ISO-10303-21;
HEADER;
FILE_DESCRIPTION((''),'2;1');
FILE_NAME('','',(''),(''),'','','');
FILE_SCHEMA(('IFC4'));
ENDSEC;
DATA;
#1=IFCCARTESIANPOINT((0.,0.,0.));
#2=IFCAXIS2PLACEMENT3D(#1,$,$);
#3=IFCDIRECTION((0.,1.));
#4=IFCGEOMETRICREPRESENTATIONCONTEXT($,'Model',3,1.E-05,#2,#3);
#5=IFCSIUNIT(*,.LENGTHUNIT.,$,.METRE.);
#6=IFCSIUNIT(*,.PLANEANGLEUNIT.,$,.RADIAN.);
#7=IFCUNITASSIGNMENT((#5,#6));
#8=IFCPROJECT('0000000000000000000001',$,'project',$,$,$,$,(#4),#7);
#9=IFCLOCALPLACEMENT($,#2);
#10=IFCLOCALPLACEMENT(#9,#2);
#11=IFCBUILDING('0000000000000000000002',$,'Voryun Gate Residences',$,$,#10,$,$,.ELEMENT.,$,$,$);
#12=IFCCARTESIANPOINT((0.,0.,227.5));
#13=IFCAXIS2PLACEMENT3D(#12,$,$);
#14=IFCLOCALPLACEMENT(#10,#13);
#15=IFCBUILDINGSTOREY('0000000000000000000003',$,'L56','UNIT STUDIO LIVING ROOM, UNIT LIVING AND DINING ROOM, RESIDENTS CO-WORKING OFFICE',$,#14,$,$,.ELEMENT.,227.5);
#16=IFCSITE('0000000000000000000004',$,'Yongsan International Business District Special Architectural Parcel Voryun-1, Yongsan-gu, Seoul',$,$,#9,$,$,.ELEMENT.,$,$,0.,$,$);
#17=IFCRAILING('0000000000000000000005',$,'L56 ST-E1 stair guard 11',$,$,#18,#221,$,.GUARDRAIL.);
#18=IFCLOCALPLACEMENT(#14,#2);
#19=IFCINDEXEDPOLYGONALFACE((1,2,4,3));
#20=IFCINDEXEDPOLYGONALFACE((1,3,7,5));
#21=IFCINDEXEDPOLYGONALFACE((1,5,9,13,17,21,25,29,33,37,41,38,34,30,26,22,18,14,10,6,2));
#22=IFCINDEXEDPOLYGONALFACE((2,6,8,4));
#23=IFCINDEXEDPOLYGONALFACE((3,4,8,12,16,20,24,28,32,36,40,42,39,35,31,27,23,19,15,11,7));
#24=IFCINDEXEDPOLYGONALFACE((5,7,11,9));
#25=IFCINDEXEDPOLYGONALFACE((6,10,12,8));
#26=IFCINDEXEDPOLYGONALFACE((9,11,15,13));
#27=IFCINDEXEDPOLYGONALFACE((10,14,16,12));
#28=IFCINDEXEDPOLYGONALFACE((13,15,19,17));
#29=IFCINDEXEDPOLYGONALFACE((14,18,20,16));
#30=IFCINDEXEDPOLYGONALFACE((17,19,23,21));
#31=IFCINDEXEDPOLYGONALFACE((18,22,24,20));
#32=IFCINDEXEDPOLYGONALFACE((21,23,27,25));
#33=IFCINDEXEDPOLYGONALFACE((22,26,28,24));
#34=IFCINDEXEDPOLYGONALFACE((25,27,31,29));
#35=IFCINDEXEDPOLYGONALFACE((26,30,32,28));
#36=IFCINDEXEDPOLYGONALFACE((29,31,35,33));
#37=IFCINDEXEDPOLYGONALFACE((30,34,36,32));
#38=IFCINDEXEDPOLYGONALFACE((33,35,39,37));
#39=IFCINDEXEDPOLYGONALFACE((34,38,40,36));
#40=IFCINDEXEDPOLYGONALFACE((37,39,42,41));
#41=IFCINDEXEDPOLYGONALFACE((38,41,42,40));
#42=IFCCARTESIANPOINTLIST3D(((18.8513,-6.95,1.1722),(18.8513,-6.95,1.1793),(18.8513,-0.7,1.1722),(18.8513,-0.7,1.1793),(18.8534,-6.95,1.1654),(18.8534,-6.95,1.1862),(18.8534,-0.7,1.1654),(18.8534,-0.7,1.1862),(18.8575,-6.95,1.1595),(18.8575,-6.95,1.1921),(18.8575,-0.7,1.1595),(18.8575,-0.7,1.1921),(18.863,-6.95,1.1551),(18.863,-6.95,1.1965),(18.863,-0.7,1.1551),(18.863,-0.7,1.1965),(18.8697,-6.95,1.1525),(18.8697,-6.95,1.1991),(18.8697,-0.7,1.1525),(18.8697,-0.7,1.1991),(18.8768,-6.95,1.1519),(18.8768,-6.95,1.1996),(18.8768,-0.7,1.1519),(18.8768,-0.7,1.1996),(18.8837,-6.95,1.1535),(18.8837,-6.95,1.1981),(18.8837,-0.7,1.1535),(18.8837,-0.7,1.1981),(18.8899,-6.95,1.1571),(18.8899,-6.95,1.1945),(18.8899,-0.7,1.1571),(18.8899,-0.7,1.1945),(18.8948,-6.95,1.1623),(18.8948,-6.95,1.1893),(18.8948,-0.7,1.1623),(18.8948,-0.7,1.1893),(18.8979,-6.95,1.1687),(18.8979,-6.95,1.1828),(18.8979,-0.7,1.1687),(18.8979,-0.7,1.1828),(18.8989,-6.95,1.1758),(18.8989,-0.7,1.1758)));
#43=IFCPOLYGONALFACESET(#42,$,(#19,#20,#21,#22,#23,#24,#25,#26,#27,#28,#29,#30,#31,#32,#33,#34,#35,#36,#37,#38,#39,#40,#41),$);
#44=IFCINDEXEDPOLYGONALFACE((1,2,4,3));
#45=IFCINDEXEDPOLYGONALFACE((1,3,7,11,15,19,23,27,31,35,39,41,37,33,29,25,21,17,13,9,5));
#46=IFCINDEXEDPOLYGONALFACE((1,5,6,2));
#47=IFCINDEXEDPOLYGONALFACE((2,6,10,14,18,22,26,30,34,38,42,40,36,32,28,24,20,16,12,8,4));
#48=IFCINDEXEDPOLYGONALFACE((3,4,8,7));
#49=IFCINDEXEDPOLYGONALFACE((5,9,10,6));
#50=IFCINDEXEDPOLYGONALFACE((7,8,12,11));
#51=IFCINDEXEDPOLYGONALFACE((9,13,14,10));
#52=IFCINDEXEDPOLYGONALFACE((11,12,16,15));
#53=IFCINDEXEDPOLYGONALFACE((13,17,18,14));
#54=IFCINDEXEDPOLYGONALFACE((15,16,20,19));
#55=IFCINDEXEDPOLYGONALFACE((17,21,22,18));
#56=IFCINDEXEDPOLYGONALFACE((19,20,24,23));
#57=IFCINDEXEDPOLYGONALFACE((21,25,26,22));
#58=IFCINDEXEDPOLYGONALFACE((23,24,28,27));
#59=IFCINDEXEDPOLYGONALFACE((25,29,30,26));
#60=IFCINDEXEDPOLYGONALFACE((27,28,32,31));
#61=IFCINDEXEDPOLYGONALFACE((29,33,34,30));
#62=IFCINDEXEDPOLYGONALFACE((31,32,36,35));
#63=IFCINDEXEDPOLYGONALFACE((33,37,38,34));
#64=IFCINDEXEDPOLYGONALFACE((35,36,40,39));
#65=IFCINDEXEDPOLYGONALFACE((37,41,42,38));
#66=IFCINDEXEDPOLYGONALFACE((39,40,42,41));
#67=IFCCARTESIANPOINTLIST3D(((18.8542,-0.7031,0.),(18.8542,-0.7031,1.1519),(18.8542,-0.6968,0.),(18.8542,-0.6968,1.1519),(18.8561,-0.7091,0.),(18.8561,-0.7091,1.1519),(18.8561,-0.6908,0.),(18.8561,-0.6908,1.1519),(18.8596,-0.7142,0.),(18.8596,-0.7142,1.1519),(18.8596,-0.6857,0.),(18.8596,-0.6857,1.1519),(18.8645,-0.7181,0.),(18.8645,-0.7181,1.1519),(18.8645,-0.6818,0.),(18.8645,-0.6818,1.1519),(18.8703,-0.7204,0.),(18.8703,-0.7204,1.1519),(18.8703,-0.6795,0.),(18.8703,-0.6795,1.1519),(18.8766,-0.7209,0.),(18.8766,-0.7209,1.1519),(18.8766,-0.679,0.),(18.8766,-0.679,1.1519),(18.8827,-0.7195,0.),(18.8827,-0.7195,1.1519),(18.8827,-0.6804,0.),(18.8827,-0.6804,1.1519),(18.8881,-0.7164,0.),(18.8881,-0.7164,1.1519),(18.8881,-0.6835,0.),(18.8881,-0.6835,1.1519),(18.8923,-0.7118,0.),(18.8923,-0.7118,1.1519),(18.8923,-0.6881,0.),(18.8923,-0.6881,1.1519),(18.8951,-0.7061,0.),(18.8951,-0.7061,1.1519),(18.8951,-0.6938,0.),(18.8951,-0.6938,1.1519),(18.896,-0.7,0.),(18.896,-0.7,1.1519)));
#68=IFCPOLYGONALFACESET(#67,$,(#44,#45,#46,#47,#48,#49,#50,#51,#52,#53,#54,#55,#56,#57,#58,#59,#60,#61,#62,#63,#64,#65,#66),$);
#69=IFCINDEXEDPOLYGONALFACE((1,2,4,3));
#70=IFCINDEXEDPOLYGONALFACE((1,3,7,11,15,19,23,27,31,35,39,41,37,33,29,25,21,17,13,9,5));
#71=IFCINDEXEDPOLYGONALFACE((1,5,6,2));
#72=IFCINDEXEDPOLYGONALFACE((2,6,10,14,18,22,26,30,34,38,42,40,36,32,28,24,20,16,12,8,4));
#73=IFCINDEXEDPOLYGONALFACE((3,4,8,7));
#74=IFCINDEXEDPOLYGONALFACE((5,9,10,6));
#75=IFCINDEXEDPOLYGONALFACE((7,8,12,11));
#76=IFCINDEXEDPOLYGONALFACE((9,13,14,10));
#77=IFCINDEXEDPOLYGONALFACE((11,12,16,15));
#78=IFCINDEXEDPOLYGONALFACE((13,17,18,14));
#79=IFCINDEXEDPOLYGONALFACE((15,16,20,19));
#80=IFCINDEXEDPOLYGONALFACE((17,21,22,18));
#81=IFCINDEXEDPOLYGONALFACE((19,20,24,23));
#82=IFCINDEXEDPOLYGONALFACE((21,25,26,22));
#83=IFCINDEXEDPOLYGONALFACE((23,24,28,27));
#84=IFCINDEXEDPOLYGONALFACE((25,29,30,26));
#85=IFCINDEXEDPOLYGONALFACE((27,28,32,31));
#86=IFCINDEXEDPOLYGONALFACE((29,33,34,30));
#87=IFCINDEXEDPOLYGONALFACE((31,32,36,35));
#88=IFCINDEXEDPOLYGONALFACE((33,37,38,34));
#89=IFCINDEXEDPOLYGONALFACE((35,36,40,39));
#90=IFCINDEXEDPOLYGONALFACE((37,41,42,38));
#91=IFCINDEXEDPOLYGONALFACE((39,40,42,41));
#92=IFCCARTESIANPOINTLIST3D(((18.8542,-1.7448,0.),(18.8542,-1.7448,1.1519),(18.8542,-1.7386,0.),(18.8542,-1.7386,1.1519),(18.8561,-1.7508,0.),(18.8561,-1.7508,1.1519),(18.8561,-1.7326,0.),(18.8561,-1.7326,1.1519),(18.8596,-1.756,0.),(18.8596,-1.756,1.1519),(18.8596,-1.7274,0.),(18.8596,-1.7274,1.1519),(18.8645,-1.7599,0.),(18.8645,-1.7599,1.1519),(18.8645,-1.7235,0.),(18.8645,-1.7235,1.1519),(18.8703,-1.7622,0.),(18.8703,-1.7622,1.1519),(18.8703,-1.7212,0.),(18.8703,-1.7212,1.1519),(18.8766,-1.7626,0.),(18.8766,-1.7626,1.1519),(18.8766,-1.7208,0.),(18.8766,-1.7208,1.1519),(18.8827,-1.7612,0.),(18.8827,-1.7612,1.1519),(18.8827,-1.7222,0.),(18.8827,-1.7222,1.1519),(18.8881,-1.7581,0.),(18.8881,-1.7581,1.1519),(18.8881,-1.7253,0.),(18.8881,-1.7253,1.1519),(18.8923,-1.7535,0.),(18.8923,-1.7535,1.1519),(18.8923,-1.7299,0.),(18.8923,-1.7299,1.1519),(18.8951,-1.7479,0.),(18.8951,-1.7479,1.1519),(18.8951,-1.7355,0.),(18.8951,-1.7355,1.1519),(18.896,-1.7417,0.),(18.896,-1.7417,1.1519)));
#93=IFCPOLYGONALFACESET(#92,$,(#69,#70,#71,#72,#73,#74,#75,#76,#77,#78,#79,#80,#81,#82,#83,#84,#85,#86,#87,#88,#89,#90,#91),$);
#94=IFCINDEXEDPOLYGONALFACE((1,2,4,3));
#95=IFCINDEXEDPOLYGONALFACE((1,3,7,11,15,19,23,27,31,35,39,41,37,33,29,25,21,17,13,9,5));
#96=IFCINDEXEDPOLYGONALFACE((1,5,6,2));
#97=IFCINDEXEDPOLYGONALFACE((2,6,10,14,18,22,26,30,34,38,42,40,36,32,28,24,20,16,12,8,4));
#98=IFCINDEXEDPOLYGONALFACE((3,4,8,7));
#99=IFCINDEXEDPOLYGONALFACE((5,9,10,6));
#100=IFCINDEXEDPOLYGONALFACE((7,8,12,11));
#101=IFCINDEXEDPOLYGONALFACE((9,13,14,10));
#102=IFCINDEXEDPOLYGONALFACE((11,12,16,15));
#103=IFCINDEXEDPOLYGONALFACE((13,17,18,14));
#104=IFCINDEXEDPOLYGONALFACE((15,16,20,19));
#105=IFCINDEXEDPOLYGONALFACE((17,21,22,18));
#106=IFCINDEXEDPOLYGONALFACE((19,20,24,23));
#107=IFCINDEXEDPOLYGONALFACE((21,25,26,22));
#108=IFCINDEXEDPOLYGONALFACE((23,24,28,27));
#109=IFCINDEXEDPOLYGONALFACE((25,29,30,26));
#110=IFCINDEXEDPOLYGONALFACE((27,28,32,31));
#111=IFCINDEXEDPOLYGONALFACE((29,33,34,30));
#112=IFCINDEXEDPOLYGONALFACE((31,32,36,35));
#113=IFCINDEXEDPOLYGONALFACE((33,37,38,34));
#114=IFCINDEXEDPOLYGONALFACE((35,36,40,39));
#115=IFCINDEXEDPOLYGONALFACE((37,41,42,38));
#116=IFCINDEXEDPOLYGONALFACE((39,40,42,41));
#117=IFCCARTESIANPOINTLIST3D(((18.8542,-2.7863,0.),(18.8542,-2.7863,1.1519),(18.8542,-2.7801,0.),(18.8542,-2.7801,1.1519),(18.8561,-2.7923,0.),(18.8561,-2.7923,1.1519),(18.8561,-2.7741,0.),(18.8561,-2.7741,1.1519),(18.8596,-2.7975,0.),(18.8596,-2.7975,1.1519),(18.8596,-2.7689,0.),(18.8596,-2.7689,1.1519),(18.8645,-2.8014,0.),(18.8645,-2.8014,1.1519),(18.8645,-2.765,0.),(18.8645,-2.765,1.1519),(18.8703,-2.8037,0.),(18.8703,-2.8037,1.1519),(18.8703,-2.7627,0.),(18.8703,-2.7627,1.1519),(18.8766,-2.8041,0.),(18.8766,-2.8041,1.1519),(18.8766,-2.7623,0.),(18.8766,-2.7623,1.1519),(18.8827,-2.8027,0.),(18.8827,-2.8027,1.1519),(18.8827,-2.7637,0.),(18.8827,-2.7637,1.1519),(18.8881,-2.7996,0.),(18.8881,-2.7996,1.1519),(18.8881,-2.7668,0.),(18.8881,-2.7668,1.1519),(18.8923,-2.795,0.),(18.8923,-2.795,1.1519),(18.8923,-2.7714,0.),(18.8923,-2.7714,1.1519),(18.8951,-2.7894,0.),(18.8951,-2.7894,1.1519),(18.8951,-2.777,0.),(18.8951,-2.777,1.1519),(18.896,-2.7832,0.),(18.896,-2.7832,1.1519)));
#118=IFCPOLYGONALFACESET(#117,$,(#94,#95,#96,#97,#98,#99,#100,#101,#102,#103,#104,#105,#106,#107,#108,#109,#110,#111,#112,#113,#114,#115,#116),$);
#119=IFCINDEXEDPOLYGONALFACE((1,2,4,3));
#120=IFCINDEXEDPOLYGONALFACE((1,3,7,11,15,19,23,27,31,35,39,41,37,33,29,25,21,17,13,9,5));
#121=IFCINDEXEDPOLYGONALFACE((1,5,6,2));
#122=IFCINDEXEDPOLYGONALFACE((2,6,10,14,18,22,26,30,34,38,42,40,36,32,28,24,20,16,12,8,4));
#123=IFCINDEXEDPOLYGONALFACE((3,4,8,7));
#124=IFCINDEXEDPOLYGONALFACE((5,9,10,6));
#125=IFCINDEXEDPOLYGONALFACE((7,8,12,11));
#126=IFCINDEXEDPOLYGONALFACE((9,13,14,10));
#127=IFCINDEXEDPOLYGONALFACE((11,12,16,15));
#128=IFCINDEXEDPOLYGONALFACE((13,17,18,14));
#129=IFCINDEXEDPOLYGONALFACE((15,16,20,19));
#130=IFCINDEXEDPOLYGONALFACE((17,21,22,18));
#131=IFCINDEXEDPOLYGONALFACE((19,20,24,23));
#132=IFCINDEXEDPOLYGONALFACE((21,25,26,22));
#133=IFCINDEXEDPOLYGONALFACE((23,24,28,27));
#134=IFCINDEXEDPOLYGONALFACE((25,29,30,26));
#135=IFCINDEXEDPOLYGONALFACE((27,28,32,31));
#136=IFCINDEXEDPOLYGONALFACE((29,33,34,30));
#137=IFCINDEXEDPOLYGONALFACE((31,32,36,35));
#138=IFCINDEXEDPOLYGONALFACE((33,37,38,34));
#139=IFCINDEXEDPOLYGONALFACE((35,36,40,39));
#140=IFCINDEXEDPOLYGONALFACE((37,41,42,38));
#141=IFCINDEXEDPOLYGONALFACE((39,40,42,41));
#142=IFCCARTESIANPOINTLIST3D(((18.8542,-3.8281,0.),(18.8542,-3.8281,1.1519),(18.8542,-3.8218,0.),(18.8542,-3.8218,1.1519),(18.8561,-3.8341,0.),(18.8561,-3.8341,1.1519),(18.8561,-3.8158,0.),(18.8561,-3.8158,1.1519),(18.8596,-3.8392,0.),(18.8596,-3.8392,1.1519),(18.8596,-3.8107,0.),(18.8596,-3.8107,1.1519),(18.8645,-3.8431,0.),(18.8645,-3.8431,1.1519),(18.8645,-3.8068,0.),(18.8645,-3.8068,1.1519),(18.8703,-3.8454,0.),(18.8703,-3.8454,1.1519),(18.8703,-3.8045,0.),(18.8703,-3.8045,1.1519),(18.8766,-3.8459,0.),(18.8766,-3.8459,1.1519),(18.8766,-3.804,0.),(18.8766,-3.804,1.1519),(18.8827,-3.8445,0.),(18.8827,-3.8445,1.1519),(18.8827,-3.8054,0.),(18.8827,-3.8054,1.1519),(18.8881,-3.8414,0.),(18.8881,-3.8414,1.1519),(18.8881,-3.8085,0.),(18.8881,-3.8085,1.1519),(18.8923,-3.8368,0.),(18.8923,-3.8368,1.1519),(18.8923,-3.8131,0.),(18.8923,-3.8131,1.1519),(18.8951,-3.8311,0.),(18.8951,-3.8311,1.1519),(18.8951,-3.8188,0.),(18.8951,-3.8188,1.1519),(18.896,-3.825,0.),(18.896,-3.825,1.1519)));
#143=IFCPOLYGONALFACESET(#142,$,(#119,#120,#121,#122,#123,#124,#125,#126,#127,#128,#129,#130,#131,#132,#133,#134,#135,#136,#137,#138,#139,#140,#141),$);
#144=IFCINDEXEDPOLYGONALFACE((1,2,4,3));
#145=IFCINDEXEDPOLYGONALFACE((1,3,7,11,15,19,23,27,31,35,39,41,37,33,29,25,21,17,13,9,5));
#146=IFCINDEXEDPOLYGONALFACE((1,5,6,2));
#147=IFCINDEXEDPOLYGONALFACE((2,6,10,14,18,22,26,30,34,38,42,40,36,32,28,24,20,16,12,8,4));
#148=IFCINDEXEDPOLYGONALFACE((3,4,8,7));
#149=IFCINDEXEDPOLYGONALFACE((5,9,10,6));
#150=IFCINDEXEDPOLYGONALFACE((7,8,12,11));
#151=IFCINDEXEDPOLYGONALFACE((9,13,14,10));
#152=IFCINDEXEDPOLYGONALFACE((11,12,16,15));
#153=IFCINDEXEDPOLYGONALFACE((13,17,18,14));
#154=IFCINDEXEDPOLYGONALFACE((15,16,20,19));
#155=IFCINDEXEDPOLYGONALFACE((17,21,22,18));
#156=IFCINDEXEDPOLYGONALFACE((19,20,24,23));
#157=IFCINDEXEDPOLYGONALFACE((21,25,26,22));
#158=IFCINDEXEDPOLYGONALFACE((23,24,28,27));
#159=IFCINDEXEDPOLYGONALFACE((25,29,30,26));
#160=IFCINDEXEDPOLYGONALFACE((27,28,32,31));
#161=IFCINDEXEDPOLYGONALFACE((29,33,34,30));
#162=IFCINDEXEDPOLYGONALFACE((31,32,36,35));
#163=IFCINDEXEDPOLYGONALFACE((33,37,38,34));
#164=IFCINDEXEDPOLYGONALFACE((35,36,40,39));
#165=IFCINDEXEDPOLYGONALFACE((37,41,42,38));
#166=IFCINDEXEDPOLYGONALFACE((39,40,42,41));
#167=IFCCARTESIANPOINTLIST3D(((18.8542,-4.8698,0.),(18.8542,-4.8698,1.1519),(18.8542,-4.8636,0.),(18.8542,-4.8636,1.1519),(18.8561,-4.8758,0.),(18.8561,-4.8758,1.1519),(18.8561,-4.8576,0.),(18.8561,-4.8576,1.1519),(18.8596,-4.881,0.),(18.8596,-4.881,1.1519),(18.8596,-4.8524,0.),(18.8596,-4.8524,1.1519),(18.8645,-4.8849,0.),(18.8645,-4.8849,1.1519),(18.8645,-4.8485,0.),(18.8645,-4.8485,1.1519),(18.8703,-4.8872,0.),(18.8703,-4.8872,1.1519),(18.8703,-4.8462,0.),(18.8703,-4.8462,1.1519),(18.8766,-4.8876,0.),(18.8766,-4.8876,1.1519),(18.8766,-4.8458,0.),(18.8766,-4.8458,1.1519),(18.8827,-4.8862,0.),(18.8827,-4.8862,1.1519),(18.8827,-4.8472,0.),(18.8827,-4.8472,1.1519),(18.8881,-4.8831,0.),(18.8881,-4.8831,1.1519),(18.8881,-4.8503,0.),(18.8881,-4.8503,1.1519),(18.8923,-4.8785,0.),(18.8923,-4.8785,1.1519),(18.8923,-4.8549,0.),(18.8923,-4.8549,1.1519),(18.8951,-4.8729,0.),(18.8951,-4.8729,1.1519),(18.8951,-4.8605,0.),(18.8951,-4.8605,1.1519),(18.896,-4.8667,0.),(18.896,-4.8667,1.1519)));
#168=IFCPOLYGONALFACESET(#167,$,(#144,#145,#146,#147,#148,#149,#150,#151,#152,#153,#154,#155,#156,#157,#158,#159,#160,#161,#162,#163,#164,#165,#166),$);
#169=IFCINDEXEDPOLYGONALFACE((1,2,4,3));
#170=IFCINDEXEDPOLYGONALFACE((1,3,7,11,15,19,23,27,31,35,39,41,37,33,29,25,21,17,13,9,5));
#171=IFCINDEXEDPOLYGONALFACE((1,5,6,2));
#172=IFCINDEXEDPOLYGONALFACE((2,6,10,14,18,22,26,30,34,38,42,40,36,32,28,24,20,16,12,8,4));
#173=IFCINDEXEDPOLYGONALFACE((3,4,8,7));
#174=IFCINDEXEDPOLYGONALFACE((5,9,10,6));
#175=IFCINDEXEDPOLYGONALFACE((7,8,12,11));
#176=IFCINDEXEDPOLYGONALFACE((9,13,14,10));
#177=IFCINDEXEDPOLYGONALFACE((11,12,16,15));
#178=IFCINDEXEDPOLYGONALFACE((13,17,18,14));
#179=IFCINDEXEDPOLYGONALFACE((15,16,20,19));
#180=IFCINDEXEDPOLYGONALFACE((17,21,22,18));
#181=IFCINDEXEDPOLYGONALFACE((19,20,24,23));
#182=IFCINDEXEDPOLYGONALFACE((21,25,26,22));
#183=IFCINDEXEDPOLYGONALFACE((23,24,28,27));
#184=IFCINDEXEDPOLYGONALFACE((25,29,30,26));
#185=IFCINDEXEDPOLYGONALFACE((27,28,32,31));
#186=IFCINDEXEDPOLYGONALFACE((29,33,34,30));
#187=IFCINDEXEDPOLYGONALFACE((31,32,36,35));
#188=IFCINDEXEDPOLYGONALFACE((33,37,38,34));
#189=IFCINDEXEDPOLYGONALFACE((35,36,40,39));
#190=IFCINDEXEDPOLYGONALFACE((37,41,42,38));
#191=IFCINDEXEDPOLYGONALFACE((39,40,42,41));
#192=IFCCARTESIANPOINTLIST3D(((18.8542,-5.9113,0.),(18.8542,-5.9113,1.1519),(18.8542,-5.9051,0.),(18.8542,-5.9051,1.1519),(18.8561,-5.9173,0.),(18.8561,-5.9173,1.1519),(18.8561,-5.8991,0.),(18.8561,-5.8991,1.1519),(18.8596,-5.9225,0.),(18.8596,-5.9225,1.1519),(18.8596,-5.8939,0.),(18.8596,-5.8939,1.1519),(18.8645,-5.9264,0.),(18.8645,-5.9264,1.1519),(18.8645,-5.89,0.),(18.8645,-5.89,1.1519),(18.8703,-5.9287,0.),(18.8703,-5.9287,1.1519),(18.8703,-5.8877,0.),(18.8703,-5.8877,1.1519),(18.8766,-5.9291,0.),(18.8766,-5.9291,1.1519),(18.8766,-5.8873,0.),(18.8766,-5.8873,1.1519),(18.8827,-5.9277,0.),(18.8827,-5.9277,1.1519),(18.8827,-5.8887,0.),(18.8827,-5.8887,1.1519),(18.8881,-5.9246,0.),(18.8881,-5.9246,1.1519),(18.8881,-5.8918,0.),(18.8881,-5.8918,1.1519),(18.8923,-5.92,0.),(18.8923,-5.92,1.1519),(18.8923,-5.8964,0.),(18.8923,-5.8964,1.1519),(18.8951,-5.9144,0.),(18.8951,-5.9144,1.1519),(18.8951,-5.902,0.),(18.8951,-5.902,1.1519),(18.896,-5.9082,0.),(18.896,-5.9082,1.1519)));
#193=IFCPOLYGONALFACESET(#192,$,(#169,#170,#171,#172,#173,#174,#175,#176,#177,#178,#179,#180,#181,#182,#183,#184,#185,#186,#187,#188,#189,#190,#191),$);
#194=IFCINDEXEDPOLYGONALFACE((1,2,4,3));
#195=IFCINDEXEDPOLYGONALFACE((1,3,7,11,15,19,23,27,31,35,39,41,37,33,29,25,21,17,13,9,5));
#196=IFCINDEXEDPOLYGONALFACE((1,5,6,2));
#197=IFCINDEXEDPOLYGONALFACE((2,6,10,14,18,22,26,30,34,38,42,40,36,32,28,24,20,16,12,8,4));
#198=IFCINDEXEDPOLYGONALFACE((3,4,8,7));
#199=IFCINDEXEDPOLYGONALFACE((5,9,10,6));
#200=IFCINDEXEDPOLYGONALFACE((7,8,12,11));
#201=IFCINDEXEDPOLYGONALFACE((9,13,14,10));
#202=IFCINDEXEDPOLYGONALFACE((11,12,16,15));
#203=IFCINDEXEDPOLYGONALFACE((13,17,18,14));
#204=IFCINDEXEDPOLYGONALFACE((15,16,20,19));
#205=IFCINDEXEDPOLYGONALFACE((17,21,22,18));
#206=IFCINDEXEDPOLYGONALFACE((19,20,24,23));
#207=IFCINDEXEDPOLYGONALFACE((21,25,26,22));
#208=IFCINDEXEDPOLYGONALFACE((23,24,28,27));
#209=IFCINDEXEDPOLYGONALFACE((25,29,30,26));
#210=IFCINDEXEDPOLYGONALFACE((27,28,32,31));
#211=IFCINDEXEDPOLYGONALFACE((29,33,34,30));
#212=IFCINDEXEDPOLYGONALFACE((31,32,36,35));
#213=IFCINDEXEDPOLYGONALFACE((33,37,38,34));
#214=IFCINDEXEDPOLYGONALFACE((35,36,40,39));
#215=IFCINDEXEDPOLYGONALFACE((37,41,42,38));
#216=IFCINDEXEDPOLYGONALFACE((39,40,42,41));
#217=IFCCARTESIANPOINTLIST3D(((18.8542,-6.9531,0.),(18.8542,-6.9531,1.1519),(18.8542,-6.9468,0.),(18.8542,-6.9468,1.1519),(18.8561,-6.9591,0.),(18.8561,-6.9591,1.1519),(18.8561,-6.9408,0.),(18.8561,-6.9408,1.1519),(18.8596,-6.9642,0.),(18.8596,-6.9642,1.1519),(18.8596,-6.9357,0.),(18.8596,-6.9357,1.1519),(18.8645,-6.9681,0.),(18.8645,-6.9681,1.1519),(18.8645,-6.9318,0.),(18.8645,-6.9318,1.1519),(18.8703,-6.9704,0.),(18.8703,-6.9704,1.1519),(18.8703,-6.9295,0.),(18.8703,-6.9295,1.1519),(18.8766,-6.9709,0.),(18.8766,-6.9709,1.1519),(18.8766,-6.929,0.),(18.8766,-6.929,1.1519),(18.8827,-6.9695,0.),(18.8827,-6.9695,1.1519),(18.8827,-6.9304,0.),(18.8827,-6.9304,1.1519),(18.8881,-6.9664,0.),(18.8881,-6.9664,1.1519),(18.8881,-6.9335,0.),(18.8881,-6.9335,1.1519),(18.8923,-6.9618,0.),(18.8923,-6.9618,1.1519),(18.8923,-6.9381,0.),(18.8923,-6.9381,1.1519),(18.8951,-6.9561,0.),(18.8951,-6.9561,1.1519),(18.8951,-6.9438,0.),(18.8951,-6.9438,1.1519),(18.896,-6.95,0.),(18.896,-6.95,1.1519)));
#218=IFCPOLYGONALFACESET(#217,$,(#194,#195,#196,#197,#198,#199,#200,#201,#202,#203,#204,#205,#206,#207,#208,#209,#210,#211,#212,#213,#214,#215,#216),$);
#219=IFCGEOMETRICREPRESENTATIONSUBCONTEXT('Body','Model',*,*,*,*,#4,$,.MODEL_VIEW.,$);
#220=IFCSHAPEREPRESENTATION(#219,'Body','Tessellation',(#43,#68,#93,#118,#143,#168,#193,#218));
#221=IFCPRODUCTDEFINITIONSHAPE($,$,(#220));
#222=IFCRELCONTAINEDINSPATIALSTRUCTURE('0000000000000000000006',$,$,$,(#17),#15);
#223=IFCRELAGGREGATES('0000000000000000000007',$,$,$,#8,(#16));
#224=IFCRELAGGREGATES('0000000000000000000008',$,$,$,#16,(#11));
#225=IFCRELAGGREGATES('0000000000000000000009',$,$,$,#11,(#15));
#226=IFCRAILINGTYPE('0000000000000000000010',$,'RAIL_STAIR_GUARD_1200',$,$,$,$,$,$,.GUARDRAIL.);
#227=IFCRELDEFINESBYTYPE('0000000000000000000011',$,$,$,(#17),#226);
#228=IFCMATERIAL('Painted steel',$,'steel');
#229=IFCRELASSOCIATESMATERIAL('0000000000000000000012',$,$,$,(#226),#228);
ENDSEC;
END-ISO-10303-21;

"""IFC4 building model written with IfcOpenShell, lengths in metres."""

from ifc_helpers import new_model, si_unit, direction, frame, origin, origin_2d, place, context, subcontext, project, spatial, circle, extrude, material, type_object, element, save


model = new_model("IFC4")

# Units and contexts
model_context = context("Model", 3, precision=1e-05, world=origin(), true_north=direction((0.0, 1.0)))
body_context = subcontext(model_context, "Body", "Model", "MODEL_VIEW")
ifc_project = project(units=[si_unit("LENGTHUNIT", "METRE"), si_unit("PLANEANGLEUNIT", "RADIAN")], contexts=[model_context])

# Site, building, storey
site_placement = place(None, origin())
site = spatial("IfcSite", under=ifc_project, at=site_placement, Name="Yongsan International Business District Special Architectural Parcel Voryun-1, Yongsan-gu, Seoul", CompositionType="ELEMENT", RefElevation=0.0)
building_placement = place(site_placement, origin())
building = spatial("IfcBuilding", under=site, at=building_placement, Name="Voryun Gate Residences", CompositionType="ELEMENT")
storey_placement = place(building_placement, frame((0.0, 0.0, 227.5)))
storey = spatial("IfcBuildingStorey", under=building, at=storey_placement, Name="L56", Description="UNIT STUDIO LIVING ROOM, UNIT LIVING AND DINING ROOM, RESIDENTS CO-WORKING OFFICE", CompositionType="ELEMENT", Elevation=227.5)

# Railing
ifc_material_1 = material(Name="Painted steel", Category="steel")
railing_type = type_object("IfcRailingType", Name="RAIL_STAIR_GUARD_1200", PredefinedType="GUARDRAIL", material=ifc_material_1)
railing_1_placement = place(storey_placement, frame((18.875, -0.7, 0.0)))
element("IfcRailing", 1, at=railing_1_placement, inside=storey, type_object=railing_type, Name="L56 ST-E1 stair guard 11", PredefinedType="GUARDRAIL", context=body_context, shape_type="SweptSolid", body=[
    extrude(circle(Radius=0.0239, at=origin_2d()), frame((0.0, 0.0, 1.1758), z_axis=(0.0, -1.0, 0.0), x_axis=(1.0, 0.0, 0.0)), (0.0, 0.0, 1.0), 6.25),
    extrude(circle(Radius=0.021, at=origin_2d()), origin(), (0.0, 0.0, 1.0), 1.1519),
    extrude(circle(Radius=0.021, at=origin_2d()), frame((0.0, -1.0417, 0.0)), (0.0, 0.0, 1.0), 1.1519),
    extrude(circle(Radius=0.021, at=origin_2d()), frame((0.0, -2.0833, 0.0)), (0.0, 0.0, 1.0), 1.1519),
    extrude(circle(Radius=0.021, at=origin_2d()), frame((0.0, -3.125, 0.0)), (0.0, 0.0, 1.0), 1.1519),
    extrude(circle(Radius=0.021, at=origin_2d()), frame((0.0, -4.1667, 0.0)), (0.0, 0.0, 1.0), 1.1519),
    extrude(circle(Radius=0.021, at=origin_2d()), frame((0.0, -5.2083, 0.0)), (0.0, 0.0, 1.0), 1.1519),
    extrude(circle(Radius=0.021, at=origin_2d()), frame((0.0, -6.25, 0.0)), (0.0, 0.0, 1.0), 1.1519),
])

save(model, "model.ifc")
